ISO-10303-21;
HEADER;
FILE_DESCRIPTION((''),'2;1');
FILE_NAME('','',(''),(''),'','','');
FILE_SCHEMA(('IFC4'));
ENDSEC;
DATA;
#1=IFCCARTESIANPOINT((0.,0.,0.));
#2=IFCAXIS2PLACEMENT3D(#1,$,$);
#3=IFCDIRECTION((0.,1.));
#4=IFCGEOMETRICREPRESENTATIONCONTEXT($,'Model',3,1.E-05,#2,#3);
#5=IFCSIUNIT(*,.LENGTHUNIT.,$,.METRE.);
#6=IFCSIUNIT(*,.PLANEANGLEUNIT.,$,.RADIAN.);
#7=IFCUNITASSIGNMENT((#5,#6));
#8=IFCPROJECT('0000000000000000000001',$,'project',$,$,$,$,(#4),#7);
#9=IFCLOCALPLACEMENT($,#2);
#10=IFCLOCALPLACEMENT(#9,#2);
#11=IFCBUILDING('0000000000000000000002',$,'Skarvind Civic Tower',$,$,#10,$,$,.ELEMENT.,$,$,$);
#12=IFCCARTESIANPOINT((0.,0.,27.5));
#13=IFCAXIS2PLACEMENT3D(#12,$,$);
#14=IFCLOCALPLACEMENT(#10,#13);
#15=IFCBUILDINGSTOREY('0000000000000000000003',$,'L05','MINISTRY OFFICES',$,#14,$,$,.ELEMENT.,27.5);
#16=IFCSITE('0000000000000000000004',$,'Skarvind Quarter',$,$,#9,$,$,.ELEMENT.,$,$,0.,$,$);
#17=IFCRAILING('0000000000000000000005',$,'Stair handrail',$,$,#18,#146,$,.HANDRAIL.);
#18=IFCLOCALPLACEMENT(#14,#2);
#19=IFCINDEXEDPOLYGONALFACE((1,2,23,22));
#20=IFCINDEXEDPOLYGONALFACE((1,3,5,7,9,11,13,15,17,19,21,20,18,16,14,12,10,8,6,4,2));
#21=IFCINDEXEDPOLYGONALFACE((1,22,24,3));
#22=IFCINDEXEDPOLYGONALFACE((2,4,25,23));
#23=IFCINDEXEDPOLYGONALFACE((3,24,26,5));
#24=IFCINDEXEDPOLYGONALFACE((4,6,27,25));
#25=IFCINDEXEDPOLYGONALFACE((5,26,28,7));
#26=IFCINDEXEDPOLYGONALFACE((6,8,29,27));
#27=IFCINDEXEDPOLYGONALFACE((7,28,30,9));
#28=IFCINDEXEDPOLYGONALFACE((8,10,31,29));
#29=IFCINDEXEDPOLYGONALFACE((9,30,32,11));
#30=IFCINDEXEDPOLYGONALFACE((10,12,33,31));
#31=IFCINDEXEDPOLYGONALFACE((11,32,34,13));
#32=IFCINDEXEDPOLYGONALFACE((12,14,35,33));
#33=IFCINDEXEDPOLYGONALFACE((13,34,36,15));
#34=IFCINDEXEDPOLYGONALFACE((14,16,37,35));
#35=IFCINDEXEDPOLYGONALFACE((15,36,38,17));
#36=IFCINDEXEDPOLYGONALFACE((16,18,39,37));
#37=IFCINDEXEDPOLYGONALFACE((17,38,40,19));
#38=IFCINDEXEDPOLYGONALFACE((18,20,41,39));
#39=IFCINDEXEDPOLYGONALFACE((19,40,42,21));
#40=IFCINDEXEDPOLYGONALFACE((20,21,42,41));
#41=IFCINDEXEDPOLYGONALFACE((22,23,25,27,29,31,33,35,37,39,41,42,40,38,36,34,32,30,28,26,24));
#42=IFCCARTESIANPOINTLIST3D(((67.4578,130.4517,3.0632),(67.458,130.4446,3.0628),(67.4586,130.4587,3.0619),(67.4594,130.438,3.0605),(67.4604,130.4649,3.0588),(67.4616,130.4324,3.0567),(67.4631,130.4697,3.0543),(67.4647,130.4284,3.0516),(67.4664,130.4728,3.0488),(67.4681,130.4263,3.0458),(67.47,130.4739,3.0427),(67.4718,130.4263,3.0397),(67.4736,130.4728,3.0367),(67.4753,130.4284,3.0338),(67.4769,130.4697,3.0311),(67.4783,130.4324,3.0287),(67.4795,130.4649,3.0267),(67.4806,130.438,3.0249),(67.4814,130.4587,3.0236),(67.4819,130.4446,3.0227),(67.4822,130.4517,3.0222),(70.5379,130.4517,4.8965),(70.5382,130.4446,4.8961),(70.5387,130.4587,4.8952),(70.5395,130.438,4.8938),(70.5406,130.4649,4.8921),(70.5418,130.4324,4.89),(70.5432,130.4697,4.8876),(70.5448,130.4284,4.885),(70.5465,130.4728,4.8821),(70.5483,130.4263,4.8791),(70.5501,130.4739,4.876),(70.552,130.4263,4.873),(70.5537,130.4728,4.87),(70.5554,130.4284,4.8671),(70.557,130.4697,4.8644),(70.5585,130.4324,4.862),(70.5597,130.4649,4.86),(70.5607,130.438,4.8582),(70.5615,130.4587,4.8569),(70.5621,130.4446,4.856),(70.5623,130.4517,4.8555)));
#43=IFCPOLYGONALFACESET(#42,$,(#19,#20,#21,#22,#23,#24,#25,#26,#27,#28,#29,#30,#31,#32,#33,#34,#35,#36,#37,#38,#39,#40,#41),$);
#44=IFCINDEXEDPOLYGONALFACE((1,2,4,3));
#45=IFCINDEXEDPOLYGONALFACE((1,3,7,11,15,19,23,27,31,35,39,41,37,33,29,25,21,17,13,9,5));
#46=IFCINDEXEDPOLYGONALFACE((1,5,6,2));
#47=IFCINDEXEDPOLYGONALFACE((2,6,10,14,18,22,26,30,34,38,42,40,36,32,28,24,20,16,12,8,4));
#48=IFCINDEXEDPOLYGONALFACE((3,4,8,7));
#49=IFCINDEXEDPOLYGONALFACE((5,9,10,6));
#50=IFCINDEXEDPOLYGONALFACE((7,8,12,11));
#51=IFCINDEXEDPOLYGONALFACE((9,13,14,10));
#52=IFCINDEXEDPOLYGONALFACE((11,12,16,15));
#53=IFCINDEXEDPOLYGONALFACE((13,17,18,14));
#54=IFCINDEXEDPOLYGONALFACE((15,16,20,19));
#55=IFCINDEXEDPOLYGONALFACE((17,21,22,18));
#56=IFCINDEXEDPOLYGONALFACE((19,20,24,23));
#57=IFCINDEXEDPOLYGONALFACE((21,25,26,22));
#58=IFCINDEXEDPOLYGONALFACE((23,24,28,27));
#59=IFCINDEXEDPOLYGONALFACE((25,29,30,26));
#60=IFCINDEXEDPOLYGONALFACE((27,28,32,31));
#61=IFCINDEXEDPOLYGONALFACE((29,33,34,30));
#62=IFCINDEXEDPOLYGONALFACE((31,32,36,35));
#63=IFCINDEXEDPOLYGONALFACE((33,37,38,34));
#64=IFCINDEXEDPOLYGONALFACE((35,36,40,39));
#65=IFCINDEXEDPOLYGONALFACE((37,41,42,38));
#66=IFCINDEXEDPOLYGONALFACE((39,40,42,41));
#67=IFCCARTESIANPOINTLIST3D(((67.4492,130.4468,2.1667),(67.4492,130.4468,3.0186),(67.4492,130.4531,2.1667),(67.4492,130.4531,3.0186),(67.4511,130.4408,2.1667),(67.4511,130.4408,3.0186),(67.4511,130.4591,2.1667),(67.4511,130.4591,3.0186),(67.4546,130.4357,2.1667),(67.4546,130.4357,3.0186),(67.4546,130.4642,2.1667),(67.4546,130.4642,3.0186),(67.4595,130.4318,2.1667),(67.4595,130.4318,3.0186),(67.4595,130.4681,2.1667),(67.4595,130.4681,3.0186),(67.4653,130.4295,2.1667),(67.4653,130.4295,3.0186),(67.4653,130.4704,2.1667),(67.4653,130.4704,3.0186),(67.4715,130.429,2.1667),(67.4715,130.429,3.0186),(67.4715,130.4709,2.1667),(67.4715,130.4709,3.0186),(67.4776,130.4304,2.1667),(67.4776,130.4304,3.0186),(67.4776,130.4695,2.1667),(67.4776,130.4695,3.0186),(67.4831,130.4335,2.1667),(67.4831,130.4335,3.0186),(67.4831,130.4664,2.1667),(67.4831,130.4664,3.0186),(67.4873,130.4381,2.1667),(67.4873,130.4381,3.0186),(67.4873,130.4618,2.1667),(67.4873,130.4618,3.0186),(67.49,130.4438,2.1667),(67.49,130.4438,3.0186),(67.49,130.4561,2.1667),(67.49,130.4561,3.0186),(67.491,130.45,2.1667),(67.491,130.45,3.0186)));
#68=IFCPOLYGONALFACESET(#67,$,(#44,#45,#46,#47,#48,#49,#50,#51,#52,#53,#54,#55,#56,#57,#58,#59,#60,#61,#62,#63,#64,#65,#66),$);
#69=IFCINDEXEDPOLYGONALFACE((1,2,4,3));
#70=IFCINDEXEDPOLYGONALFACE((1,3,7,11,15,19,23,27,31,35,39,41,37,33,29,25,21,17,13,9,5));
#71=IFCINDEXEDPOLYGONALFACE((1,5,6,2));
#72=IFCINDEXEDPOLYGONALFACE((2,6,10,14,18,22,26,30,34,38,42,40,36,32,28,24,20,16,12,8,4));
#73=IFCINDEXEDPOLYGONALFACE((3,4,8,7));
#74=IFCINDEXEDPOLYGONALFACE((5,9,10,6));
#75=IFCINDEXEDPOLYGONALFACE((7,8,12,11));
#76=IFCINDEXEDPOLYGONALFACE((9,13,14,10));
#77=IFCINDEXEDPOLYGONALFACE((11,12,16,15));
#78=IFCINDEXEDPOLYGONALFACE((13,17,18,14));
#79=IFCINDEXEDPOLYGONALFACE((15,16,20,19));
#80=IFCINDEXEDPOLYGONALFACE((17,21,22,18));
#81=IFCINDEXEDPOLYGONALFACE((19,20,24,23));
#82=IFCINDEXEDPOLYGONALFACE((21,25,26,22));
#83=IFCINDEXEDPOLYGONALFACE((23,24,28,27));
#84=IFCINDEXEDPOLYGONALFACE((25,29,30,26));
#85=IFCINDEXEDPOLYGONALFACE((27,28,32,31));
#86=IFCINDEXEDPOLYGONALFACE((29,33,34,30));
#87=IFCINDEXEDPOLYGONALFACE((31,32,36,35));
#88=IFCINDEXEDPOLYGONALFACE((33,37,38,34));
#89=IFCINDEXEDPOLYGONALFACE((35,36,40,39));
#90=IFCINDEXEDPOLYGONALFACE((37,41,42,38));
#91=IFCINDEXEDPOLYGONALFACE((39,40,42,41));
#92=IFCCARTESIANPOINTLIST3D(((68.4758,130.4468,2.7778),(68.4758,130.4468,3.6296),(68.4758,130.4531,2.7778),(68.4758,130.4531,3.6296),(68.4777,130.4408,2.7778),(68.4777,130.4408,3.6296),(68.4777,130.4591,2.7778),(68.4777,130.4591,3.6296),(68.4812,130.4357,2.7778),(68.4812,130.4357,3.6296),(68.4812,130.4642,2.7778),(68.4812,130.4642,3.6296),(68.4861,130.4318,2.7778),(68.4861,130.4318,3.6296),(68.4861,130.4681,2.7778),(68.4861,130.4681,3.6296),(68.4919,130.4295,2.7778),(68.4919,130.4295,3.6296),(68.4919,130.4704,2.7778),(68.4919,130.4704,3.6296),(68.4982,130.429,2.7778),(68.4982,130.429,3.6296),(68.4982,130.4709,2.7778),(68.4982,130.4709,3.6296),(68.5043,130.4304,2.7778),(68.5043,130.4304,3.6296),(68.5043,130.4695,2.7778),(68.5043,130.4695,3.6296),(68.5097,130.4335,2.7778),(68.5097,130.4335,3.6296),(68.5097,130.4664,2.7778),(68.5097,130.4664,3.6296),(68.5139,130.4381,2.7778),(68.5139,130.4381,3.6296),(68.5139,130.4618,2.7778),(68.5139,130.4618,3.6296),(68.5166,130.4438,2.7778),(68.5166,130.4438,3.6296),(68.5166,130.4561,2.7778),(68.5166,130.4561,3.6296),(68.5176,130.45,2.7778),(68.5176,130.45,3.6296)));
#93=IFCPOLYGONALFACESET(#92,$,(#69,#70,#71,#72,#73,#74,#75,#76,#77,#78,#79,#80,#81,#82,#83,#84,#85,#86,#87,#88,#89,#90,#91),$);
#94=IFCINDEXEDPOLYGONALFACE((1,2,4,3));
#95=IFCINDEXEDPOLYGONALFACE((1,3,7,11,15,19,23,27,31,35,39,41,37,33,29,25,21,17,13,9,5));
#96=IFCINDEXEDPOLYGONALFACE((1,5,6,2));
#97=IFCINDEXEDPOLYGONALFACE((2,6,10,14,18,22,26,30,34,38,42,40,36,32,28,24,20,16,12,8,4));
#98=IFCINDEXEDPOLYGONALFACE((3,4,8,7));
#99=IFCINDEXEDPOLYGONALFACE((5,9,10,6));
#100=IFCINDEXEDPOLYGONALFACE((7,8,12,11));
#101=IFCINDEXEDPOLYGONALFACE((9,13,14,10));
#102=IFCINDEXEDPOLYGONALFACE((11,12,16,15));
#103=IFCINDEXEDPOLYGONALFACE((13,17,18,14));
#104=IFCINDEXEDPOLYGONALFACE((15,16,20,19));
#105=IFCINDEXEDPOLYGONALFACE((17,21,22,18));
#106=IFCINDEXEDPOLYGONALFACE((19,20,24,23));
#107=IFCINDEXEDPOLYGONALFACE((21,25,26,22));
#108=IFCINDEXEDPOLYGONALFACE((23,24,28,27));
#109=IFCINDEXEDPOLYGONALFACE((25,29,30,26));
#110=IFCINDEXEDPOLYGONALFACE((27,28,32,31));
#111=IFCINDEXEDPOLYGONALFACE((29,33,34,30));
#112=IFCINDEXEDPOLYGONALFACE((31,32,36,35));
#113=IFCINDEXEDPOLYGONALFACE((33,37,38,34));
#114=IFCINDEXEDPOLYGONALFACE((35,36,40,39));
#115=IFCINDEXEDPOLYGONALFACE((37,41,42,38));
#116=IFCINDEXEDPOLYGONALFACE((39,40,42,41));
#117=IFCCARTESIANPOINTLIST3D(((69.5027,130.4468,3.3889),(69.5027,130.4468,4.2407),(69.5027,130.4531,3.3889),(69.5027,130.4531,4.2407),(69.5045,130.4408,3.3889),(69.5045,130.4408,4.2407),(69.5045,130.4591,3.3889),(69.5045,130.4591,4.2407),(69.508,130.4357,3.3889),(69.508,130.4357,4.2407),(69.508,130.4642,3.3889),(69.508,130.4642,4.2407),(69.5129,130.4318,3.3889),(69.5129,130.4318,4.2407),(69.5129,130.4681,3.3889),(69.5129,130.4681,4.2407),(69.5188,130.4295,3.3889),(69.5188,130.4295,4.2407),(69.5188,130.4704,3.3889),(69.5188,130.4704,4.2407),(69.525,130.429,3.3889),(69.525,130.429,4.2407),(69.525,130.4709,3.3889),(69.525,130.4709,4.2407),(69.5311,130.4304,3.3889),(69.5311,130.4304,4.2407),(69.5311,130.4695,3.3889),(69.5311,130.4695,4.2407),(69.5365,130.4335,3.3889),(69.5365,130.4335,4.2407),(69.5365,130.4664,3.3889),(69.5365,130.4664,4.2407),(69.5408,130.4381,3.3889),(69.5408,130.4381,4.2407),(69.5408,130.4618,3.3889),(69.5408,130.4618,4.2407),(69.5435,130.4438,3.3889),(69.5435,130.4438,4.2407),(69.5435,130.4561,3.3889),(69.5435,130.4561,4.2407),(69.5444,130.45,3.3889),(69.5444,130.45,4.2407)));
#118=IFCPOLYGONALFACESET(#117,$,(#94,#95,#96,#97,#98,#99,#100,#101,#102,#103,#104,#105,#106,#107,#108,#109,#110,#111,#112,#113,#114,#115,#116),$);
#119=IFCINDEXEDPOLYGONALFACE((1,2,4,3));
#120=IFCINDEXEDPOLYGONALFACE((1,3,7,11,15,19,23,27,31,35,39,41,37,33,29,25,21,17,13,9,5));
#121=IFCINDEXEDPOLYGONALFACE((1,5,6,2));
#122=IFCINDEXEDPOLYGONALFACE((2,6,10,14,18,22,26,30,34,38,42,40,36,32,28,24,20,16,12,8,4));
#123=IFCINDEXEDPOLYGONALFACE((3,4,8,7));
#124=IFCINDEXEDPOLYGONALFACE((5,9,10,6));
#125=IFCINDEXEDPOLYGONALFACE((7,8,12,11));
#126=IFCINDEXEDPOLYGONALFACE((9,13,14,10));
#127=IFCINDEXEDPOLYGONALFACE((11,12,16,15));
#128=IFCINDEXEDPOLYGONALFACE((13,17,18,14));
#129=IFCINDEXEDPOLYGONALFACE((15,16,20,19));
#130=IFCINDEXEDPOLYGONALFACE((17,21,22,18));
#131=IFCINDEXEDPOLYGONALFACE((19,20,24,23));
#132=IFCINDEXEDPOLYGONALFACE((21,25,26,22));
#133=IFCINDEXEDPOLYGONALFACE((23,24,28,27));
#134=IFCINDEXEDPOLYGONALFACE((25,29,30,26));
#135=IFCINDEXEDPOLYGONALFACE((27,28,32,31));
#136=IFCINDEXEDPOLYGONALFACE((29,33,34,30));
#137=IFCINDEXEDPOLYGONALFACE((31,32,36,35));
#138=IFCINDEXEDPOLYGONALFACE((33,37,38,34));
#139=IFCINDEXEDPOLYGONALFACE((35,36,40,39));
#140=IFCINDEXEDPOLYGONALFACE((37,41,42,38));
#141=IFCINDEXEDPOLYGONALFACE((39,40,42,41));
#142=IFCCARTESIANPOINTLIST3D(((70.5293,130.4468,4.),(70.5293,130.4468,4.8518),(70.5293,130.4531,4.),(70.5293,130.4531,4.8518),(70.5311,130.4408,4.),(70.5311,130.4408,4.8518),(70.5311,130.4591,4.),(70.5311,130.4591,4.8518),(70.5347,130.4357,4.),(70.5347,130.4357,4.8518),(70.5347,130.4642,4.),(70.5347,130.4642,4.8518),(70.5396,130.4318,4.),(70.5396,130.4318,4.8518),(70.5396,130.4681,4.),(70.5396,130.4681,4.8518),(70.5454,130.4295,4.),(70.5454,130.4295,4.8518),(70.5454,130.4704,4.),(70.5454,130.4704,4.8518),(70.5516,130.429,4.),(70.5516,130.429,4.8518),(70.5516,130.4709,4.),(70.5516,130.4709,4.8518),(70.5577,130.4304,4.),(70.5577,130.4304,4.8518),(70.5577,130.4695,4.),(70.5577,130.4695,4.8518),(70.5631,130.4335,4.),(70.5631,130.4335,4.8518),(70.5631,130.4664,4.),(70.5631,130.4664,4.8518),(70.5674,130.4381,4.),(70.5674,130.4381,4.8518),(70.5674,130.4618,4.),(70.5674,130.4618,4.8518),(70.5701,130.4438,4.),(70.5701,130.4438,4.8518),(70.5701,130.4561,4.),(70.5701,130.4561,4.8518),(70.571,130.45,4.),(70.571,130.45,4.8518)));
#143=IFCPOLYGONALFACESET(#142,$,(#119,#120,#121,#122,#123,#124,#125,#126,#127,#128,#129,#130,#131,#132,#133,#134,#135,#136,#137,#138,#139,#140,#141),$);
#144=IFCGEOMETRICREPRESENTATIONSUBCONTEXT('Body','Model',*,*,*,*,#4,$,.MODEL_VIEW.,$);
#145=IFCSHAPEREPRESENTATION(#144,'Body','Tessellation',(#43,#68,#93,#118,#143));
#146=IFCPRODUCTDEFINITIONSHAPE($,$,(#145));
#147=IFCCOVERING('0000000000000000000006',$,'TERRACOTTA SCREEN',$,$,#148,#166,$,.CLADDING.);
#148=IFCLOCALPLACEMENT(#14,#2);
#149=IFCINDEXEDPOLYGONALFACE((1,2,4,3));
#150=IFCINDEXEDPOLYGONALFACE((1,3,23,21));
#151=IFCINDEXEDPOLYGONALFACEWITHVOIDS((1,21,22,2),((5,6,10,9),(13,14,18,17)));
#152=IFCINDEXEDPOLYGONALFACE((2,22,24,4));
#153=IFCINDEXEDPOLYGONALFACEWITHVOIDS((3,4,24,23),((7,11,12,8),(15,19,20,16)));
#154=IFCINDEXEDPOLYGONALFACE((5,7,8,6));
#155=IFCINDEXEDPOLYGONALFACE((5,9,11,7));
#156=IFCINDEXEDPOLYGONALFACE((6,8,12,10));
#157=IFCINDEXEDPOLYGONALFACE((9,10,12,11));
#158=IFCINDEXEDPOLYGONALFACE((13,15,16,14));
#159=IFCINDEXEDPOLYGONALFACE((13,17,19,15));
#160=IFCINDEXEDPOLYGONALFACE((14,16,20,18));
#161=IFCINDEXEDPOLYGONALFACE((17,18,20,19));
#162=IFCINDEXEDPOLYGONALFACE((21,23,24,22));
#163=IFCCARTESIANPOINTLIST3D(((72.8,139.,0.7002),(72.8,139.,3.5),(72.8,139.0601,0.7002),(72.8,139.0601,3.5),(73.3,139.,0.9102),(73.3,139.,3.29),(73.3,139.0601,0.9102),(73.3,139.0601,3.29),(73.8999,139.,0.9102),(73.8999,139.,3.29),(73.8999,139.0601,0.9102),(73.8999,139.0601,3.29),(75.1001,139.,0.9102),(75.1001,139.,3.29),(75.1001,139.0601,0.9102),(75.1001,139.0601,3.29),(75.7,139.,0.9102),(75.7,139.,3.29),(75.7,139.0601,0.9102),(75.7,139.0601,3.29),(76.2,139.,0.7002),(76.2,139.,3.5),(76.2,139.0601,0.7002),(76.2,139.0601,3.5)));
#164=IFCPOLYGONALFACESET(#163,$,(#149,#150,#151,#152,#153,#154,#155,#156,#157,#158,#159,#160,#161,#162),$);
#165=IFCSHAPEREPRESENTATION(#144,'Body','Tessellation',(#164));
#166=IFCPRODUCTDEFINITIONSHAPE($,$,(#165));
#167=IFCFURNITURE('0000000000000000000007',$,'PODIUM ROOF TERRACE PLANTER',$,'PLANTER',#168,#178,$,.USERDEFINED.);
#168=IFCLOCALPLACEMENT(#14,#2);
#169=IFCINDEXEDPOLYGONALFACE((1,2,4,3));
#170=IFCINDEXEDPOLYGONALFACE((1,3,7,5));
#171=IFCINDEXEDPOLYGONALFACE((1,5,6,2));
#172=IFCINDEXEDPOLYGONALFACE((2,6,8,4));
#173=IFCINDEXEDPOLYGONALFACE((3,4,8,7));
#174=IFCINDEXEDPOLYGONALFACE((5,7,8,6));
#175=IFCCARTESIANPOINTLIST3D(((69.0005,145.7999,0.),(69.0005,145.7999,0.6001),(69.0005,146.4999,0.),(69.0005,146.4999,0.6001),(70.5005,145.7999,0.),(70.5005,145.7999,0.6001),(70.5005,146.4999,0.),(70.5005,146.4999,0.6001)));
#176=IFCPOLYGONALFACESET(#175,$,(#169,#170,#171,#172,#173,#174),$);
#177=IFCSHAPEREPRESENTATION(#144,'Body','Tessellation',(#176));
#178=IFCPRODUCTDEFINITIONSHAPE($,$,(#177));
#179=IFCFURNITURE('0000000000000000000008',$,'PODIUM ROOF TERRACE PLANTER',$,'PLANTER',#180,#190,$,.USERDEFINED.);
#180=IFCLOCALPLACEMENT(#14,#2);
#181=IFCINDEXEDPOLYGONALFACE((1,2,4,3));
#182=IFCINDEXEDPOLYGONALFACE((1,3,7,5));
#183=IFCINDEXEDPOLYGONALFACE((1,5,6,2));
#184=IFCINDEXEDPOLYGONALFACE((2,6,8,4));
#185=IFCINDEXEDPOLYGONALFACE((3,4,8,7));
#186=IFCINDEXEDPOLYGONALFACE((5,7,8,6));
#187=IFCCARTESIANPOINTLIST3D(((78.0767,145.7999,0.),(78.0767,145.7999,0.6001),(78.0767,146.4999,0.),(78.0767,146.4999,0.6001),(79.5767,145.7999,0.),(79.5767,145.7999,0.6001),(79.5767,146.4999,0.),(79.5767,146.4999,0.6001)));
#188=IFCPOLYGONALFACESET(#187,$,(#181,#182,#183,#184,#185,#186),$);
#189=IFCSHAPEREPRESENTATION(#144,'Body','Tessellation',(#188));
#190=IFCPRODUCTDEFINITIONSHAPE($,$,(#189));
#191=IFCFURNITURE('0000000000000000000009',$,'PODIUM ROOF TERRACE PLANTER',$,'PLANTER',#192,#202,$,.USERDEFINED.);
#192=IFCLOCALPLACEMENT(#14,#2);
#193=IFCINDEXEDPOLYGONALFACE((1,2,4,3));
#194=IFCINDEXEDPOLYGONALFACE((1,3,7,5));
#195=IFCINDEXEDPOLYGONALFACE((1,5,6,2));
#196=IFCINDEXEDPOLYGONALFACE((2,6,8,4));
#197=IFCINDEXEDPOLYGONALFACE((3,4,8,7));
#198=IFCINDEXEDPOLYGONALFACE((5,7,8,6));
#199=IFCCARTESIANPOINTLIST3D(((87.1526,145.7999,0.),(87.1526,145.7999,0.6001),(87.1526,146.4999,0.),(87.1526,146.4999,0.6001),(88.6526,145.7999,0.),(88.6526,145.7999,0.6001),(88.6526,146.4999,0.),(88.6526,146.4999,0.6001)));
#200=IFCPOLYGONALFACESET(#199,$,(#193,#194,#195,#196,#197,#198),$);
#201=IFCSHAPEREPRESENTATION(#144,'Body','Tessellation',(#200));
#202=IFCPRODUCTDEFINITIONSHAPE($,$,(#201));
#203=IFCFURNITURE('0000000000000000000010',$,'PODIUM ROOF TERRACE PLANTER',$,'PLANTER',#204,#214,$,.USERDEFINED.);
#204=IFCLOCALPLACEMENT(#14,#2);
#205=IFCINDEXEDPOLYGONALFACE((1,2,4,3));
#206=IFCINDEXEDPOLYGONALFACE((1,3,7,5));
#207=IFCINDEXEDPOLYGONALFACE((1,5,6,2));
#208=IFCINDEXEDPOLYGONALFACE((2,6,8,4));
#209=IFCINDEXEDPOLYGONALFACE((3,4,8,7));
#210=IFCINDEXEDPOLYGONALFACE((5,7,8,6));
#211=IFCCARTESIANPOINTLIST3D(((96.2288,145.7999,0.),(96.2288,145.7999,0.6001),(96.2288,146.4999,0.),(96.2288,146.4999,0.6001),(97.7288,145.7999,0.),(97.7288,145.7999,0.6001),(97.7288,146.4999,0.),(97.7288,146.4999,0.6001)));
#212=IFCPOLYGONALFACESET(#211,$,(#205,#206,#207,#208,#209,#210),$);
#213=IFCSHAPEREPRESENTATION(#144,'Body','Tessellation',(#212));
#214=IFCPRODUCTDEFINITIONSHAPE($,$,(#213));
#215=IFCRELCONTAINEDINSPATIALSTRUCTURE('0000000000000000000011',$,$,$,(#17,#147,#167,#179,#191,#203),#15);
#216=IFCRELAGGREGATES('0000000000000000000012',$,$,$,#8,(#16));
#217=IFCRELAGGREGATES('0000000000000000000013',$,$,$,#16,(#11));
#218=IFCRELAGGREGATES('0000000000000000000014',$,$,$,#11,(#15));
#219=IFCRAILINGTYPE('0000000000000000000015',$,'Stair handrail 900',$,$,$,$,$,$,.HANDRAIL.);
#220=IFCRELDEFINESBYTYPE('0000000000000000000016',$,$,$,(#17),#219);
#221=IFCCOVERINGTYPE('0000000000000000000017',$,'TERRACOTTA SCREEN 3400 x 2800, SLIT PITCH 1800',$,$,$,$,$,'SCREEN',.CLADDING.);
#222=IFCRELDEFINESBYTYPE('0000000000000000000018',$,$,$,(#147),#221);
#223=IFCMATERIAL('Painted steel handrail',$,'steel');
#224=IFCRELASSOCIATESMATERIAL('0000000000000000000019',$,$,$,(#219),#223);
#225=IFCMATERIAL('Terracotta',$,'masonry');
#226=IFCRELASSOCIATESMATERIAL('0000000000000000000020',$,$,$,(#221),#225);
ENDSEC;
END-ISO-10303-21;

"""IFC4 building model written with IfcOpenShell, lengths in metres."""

from ifc_helpers import new_model, si_unit, direction, frame, origin, origin_2d, place, context, subcontext, project, spatial, polyline, rectangle, circle, outline, extrude, material, material_profile, profile_set, type_object, element, save


model = new_model("IFC4")

# Units and contexts
model_context = context("Model", 3, precision=1e-05, world=origin(), true_north=direction((0.0, 1.0)))
body_context = subcontext(model_context, "Body", "Model", "MODEL_VIEW")
ifc_project = project(units=[si_unit("LENGTHUNIT", "METRE"), si_unit("PLANEANGLEUNIT", "RADIAN")], contexts=[model_context])

# Site, building, storey
site_placement = place(None, origin())
site = spatial("IfcSite", under=ifc_project, at=site_placement, Name="Skarvind Quarter", CompositionType="ELEMENT", RefElevation=0.0)
building_placement = place(site_placement, origin())
building = spatial("IfcBuilding", under=site, at=building_placement, Name="Skarvind Civic Tower", CompositionType="ELEMENT")
storey_placement = place(building_placement, frame((0.0, 0.0, 27.5)))
storey = spatial("IfcBuildingStorey", under=building, at=storey_placement, Name="L05", Description="MINISTRY OFFICES", CompositionType="ELEMENT", Elevation=27.5)

# Railing
ifc_material_1 = material(Name="Painted steel handrail", Category="steel")
railing_type = type_object("IfcRailingType", Name="Stair handrail 900", PredefinedType="HANDRAIL", material=ifc_material_1)
railing_1_placement = place(storey_placement, frame((67.47, 130.45, 2.1667)))
element("IfcRailing", 1, at=railing_1_placement, inside=storey, type_object=railing_type, Name="Stair handrail", PredefinedType="HANDRAIL", context=body_context, shape_type="SweptSolid", body=[
    extrude(circle(Radius=0.0239, at=origin_2d()), frame((0.0, 0.0, 0.876), z_axis=(0.859309, 0.0, 0.511458), x_axis=(0.0, 1.0, 0.0)), (0.0, 0.0, 1.0), 3.5845),
    extrude(circle(Radius=0.021, at=origin_2d()), origin(), (0.0, 0.0, 1.0), 0.8518),
    extrude(circle(Radius=0.021, at=origin_2d()), frame((1.0266, 0.0, 0.6111)), (0.0, 0.0, 1.0), 0.8518),
    extrude(circle(Radius=0.021, at=origin_2d()), frame((2.0535, 0.0, 1.2222)), (0.0, 0.0, 1.0), 0.8518),
    extrude(circle(Radius=0.021, at=origin_2d()), frame((3.0801, 0.0, 1.8333)), (0.0, 0.0, 1.0), 0.8518),
])

# Covering
ifc_material_2 = material(Name="Terracotta", Category="masonry")
ifc_material_profile_1 = material_profile(ifc_material_2, outline(polyline([(-1.7, -1.3999), (1.7, -1.3999), (1.7, 1.3999), (-1.7, 1.3999), (-1.7, -1.3999)]), holes=[polyline([(-1.2, -1.1899), (-0.6001, -1.1899), (-0.6001, 1.1899), (-1.2, 1.1899), (-1.2, -1.1899)]), polyline([(0.6001, -1.1899), (1.2, -1.1899), (1.2, 1.1899), (0.6001, 1.1899), (0.6001, -1.1899)])]), Name="TERRACOTTA SCREEN 3400 x 2800, SLIT PITCH 1800")
ifc_profile_set_1 = profile_set([ifc_material_profile_1], Name="Terracotta")
covering_type = type_object("IfcCoveringType", Name="TERRACOTTA SCREEN 3400 x 2800, SLIT PITCH 1800", ElementType="SCREEN", PredefinedType="CLADDING", material=ifc_profile_set_1)
covering_placement = place(storey_placement, frame((74.5, 139.0, 2.1001), z_axis=(0.0, 1.0, 0.0), x_axis=(-1.0, 0.0, 0.0)))
element("IfcCovering", 2, at=covering_placement, inside=storey, type_object=covering_type, Name="TERRACOTTA SCREEN", PredefinedType="CLADDING", context=body_context, shape_type="SweptSolid", body=[
    extrude(outline(polyline([(-1.7, -1.3999), (1.7, -1.3999), (1.7, 1.3999), (-1.7, 1.3999), (-1.7, -1.3999)]), holes=[polyline([(-1.2, -1.1899), (-0.6001, -1.1899), (-0.6001, 1.1899), (-1.2, 1.1899), (-1.2, -1.1899)]), polyline([(0.6001, -1.1899), (1.2, -1.1899), (1.2, 1.1899), (0.6001, 1.1899), (0.6001, -1.1899)])]), origin(), (0.0, 0.0, 1.0), 0.0601),
])

# Furniture
for number, where, z_axis, x_axis, name in (
    (3, (69.7505, 146.1499, 0.0), (0.0, 0.0, 1.0), (1.0, 0.0, 0.0), "PODIUM ROOF TERRACE PLANTER"),
    (4, (78.8267, 146.1499, 0.0), (0.0, 0.0, 1.0), (1.0, 0.0, 0.0), "PODIUM ROOF TERRACE PLANTER"),
    (5, (87.9026, 146.1499, 0.0), (0.0, 0.0, 1.0), (1.0, 0.0, 0.0), "PODIUM ROOF TERRACE PLANTER"),
    (6, (96.9788, 146.1499, 0.0), (0.0, 0.0, 1.0), (1.0, 0.0, 0.0), "PODIUM ROOF TERRACE PLANTER"),
):
    element("IfcFurniture", number, at=place(storey_placement, frame(where, z_axis=z_axis, x_axis=x_axis)), inside=storey, Name=name, ObjectType="PLANTER", PredefinedType="USERDEFINED", context=body_context, shape_type="SweptSolid", body=[
        extrude(rectangle(XDim=1.5, YDim=0.7, at=origin_2d()), origin(), (0.0, 0.0, 1.0), 0.6001),
    ])

save(model, "model.ifc")
